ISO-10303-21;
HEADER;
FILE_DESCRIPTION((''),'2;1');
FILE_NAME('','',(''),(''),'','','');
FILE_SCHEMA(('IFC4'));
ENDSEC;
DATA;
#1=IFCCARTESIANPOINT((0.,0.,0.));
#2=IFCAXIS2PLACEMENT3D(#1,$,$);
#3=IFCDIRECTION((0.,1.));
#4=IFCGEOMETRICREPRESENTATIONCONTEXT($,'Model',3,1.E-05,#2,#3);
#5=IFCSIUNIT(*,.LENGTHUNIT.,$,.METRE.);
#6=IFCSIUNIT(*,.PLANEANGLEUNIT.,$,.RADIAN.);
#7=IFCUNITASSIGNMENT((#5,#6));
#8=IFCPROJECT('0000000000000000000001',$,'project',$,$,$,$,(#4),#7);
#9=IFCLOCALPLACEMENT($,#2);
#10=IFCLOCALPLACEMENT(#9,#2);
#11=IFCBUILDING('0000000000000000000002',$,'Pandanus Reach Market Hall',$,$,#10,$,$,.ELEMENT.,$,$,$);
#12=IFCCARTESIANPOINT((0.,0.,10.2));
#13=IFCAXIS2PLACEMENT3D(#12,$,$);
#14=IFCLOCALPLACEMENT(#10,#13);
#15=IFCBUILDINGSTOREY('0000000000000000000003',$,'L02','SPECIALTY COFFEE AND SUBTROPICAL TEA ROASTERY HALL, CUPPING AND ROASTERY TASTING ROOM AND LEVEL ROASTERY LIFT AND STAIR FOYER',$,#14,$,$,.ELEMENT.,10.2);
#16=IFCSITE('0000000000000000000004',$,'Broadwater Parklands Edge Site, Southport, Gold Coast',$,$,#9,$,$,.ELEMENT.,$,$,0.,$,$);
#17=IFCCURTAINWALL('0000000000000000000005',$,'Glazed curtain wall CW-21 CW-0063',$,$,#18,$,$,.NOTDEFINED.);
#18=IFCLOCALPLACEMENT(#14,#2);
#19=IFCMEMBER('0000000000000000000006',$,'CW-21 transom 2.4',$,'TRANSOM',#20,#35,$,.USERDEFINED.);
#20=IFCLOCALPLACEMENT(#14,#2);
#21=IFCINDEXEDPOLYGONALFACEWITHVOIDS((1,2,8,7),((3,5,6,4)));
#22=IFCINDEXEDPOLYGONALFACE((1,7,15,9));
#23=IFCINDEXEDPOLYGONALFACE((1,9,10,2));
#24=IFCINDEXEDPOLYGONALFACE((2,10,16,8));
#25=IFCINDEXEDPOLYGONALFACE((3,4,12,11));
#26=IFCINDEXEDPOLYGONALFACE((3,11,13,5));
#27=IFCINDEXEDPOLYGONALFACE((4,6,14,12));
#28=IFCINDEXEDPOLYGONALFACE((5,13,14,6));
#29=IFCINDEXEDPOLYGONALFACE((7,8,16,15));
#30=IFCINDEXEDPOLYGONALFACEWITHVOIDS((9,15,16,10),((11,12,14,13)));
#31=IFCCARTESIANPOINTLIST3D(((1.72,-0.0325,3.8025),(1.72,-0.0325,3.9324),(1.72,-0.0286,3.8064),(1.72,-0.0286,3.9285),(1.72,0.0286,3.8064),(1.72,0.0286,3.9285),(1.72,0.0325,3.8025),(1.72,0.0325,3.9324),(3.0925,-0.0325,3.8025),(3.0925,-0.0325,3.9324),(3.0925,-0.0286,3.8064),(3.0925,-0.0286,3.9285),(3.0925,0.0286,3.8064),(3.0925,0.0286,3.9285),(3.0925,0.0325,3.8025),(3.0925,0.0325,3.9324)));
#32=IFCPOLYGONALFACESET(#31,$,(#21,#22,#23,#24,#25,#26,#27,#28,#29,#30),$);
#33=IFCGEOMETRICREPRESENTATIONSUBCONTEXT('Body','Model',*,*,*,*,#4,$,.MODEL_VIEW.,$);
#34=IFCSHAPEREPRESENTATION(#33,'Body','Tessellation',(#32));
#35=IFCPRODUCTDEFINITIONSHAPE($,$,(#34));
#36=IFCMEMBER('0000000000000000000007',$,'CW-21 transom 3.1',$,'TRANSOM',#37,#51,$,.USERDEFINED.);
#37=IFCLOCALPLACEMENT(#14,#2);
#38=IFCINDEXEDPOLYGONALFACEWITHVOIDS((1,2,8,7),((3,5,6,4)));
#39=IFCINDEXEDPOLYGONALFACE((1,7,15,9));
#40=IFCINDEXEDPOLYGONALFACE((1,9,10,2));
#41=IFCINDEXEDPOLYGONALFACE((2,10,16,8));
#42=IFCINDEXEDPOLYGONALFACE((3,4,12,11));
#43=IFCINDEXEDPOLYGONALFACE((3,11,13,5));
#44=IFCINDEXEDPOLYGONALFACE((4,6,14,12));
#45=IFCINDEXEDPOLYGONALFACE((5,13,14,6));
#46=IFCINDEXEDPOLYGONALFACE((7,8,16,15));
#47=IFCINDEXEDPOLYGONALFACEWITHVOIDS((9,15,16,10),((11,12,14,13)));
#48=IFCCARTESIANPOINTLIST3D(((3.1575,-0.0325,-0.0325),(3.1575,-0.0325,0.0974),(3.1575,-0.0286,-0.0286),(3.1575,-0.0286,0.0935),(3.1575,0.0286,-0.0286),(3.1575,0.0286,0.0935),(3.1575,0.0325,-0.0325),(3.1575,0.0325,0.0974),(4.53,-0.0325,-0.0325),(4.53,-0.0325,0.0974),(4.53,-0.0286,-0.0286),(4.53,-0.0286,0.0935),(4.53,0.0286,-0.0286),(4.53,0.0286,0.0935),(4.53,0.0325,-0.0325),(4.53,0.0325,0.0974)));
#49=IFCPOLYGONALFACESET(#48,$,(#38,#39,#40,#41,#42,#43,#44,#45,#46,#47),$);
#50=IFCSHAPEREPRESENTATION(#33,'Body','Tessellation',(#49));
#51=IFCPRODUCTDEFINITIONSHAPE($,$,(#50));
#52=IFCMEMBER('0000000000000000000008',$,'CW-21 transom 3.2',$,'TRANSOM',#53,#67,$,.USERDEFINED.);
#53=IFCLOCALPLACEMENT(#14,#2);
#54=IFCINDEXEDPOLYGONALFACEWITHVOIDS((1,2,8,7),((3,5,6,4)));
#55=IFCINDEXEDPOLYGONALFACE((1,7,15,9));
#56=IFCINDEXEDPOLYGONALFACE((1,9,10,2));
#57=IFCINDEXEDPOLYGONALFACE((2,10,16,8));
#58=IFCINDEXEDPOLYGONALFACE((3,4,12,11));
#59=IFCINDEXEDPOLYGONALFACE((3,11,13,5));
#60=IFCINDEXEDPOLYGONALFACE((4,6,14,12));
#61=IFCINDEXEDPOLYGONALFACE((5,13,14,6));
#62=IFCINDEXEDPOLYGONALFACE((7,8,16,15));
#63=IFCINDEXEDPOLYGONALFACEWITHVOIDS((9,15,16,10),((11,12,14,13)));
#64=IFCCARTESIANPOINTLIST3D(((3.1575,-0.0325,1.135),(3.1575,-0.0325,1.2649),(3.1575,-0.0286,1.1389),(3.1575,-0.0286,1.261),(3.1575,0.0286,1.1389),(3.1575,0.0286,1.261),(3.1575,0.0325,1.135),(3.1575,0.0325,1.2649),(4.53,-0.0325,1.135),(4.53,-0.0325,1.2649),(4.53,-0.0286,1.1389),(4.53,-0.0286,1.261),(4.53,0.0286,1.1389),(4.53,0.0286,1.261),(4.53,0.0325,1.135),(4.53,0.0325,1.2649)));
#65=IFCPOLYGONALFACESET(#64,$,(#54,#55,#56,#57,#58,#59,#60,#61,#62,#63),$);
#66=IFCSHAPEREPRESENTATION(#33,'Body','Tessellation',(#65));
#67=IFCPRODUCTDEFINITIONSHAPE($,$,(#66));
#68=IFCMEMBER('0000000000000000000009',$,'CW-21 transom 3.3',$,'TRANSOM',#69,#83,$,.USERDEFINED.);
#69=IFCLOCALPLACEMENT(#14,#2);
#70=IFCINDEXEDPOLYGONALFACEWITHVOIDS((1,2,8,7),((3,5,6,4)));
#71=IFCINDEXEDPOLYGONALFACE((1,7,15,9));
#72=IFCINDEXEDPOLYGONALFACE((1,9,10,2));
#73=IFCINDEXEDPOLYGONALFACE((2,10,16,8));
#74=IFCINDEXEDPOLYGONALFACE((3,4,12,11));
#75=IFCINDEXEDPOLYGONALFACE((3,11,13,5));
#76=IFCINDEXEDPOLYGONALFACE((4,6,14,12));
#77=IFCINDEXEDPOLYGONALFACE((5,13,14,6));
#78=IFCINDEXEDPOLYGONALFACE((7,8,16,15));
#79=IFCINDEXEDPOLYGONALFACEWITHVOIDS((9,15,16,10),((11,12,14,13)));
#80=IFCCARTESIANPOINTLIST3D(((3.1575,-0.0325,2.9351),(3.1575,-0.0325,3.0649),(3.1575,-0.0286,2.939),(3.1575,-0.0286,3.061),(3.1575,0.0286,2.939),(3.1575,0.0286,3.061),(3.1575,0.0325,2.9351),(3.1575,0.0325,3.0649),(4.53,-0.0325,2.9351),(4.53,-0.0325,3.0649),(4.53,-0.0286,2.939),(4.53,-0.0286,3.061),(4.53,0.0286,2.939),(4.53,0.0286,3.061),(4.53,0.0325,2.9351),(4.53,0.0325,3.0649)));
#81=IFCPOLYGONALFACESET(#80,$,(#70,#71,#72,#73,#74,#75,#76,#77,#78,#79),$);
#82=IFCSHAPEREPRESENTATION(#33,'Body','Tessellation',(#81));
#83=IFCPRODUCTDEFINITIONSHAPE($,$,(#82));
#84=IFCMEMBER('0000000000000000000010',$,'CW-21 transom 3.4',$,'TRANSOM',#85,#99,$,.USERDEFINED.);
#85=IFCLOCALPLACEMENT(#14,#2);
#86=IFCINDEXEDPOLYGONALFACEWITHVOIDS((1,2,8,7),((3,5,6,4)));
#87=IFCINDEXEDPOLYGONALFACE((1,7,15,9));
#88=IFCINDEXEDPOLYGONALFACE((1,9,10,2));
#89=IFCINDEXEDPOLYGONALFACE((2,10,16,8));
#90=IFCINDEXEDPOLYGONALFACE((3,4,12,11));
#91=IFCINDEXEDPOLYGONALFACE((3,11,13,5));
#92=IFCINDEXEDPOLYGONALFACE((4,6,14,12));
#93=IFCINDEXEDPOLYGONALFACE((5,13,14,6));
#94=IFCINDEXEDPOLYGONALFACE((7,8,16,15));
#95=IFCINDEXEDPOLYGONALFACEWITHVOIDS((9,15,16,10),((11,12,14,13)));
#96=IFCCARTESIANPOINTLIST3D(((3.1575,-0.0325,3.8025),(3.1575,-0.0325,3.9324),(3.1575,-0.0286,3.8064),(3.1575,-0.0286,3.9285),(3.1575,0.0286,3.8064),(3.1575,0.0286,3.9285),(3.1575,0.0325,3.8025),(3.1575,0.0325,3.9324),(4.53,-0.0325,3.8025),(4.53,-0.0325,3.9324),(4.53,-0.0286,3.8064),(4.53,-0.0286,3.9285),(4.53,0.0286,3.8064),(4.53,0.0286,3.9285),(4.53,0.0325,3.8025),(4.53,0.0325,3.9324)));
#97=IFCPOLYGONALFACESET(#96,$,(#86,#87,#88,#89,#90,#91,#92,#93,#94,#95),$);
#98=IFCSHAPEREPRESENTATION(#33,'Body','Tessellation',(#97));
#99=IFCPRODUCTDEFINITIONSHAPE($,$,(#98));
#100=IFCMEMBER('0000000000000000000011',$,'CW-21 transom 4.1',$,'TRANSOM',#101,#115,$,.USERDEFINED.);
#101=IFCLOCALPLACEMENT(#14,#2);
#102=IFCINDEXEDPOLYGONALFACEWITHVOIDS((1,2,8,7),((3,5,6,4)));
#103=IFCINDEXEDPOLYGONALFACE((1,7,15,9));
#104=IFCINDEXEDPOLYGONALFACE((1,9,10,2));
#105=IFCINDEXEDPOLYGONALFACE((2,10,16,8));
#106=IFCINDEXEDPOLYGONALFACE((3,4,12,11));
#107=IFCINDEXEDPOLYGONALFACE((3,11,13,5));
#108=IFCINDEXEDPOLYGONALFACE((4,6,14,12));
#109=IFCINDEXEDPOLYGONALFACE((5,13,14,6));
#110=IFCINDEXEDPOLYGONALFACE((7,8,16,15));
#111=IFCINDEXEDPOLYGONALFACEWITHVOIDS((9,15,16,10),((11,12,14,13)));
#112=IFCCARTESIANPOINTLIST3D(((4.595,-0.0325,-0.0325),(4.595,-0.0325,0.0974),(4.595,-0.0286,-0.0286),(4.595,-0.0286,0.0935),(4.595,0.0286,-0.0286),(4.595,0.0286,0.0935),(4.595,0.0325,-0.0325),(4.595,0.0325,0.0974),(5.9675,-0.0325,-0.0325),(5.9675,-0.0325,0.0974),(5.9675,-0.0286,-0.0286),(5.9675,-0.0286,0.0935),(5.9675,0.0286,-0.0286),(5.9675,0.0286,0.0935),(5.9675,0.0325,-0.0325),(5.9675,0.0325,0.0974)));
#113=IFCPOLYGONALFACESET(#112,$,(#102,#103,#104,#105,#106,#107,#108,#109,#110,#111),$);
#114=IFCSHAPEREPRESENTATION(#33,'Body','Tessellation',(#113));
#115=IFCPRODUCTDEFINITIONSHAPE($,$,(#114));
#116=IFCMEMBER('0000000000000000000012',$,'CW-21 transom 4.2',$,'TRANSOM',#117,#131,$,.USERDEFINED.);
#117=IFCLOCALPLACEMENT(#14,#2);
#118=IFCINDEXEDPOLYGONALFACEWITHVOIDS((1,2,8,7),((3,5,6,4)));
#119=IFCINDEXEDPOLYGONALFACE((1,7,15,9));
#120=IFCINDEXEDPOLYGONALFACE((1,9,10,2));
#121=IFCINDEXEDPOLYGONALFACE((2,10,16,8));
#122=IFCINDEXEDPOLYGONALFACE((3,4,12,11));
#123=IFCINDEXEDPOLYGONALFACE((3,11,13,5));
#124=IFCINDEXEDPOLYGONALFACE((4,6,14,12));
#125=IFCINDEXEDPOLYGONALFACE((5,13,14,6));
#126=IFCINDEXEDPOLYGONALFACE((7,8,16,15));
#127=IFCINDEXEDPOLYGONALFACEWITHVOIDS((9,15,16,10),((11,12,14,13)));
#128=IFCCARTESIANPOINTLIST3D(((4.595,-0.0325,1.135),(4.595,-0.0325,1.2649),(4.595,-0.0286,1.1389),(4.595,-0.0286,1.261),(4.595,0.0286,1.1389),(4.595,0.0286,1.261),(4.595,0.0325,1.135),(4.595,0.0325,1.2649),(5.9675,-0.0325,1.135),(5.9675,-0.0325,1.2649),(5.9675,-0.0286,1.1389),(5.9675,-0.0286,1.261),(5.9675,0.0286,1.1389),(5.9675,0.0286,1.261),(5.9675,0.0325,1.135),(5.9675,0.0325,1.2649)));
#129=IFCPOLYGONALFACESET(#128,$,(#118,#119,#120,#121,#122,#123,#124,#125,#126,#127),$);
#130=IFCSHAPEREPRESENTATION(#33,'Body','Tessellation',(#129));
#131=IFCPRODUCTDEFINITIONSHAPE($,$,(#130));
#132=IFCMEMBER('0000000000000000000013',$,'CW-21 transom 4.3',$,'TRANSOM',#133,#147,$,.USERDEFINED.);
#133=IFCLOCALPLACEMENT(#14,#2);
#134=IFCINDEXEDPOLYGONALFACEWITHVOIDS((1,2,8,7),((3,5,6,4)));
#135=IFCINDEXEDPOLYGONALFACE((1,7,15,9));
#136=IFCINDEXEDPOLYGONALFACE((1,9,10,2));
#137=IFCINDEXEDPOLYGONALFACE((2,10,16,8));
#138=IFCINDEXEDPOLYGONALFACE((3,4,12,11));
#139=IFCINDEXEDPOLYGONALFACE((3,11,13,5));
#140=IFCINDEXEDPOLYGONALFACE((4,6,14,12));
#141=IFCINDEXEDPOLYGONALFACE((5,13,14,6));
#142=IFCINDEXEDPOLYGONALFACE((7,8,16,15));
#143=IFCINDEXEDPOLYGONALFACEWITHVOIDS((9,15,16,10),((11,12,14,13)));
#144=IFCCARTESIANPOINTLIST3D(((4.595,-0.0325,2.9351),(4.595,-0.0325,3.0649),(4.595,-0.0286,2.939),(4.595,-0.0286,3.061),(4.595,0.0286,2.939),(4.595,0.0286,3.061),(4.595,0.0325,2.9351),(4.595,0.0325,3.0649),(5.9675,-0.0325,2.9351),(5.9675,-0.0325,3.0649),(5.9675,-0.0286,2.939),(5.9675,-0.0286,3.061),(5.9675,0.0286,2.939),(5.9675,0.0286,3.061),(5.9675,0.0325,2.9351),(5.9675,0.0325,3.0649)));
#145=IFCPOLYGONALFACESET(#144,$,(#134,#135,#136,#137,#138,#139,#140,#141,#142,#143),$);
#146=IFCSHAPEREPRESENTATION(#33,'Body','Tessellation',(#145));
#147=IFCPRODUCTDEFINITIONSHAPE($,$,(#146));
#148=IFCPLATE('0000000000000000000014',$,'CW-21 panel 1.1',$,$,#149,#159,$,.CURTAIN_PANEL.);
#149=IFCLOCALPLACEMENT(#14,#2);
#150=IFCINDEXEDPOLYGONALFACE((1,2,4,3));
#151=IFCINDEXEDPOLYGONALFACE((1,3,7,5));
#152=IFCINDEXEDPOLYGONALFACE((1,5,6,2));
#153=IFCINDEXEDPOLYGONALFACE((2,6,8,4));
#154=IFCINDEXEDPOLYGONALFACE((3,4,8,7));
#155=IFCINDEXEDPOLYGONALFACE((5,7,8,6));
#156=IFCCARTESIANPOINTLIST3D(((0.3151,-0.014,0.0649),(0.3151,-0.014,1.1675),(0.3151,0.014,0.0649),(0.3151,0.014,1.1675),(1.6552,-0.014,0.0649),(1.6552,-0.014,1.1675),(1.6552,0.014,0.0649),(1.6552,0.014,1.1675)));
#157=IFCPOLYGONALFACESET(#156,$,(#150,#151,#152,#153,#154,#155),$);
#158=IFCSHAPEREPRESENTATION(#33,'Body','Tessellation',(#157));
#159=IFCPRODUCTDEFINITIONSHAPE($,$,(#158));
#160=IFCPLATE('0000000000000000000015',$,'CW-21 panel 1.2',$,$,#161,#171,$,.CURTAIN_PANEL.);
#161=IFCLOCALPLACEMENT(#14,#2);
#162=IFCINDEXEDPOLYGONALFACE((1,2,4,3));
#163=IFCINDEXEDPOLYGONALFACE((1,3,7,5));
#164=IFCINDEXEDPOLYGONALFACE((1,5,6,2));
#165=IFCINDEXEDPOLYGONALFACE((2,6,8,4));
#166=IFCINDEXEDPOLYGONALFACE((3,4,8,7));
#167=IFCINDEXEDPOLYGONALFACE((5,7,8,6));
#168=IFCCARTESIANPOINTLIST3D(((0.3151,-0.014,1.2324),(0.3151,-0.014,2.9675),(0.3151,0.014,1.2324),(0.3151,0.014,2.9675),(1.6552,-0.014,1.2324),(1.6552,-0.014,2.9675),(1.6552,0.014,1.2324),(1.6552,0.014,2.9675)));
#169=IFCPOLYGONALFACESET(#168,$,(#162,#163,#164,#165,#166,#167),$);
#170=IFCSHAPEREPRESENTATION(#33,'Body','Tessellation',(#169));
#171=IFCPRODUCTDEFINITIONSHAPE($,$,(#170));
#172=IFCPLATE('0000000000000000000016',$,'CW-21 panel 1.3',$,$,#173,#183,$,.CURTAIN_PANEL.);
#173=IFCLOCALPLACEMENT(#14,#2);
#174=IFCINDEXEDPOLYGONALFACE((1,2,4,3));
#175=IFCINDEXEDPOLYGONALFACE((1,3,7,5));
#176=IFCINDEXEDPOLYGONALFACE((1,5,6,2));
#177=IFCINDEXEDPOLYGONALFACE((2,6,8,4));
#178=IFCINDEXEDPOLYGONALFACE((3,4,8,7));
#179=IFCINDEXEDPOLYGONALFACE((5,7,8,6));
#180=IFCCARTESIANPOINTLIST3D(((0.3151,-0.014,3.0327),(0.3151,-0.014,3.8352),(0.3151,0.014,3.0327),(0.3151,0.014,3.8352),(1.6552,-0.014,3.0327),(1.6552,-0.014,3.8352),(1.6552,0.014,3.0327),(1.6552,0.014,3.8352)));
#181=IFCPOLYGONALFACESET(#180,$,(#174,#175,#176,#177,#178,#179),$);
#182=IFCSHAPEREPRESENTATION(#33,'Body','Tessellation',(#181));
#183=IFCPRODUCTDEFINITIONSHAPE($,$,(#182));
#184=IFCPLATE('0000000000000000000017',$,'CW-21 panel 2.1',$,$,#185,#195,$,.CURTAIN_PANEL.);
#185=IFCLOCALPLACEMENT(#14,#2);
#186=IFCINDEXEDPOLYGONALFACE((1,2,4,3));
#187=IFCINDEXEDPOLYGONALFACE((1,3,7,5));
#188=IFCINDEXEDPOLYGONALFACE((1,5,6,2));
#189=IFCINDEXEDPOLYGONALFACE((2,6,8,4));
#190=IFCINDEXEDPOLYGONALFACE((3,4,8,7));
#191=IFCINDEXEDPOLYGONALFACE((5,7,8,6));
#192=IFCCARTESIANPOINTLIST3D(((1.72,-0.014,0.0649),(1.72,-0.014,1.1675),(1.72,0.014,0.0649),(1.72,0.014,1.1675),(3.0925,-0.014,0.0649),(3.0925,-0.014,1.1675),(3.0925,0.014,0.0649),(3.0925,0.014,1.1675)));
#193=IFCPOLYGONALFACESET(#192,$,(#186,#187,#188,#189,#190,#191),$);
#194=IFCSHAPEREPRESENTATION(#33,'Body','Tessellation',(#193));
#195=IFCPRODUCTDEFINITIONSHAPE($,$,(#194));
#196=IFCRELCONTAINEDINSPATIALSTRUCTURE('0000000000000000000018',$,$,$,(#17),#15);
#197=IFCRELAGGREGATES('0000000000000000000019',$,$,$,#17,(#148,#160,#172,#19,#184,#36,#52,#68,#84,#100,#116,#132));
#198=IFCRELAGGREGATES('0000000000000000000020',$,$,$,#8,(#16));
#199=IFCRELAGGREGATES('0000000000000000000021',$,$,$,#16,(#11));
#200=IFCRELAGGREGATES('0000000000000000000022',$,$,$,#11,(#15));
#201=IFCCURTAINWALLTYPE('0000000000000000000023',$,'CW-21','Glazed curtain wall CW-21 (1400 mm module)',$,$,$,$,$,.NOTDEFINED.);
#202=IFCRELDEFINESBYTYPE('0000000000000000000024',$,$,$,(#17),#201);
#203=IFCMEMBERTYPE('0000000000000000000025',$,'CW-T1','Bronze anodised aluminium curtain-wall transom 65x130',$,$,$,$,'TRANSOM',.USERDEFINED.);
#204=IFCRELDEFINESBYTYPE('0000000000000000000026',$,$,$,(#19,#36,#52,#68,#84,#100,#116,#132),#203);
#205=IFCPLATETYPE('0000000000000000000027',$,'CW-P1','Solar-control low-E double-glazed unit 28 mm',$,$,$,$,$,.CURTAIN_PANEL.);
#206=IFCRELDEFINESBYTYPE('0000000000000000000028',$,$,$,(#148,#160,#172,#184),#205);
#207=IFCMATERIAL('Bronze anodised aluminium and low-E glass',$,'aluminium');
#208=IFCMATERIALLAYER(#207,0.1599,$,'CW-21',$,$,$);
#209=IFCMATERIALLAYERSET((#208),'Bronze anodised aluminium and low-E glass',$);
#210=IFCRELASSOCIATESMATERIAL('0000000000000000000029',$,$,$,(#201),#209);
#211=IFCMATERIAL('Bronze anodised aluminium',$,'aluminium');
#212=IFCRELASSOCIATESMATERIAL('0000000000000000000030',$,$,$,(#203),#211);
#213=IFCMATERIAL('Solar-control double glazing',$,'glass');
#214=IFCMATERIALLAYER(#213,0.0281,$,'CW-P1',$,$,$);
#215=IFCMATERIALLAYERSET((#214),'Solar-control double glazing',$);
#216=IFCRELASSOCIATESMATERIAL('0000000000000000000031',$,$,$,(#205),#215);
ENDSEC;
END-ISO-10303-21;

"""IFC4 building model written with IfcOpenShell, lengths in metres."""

from ifc_helpers import new_model, si_unit, direction, frame, origin, origin_2d, place, context, subcontext, project, spatial, rectangle, hollow_rectangle, extrude, material, layer, layer_set, material_profile, profile_set, type_object, element, aggregate, save


model = new_model("IFC4")

# Units and contexts
model_context = context("Model", 3, precision=1e-05, world=origin(), true_north=direction((0.0, 1.0)))
body_context = subcontext(model_context, "Body", "Model", "MODEL_VIEW")
ifc_project = project(units=[si_unit("LENGTHUNIT", "METRE"), si_unit("PLANEANGLEUNIT", "RADIAN")], contexts=[model_context])

# Site, building, storey
site_placement = place(None, origin())
site = spatial("IfcSite", under=ifc_project, at=site_placement, Name="Broadwater Parklands Edge Site, Southport, Gold Coast", CompositionType="ELEMENT", RefElevation=0.0)
building_placement = place(site_placement, origin())
building = spatial("IfcBuilding", under=site, at=building_placement, Name="Pandanus Reach Market Hall", CompositionType="ELEMENT")
storey_placement = place(building_placement, frame((0.0, 0.0, 10.2)))
storey = spatial("IfcBuildingStorey", under=building, at=storey_placement, Name="L02", Description="SPECIALTY COFFEE AND SUBTROPICAL TEA ROASTERY HALL, CUPPING AND ROASTERY TASTING ROOM AND LEVEL ROASTERY LIFT AND STAIR FOYER", CompositionType="ELEMENT", Elevation=10.2)

# Curtain wall, members, plates
ifc_material_1 = material(Name="Bronze anodised aluminium and low-E glass", Category="aluminium")
ifc_layer_1 = layer(ifc_material_1, 0.1599, Name="CW-21")
ifc_layer_set_1 = layer_set([ifc_layer_1], Name="Bronze anodised aluminium and low-E glass")
curtain_wall_type = type_object("IfcCurtainWallType", Name="CW-21", Description="Glazed curtain wall CW-21 (1400 mm module)", PredefinedType="NOTDEFINED", material=ifc_layer_set_1)
curtain_wall_placement = place(storey_placement, origin())
curtain_wall = element("IfcCurtainWall", 1, at=curtain_wall_placement, inside=storey, type_object=curtain_wall_type, Name="Glazed curtain wall CW-21 CW-0063", PredefinedType="NOTDEFINED")
ifc_material_2 = material(Name="Bronze anodised aluminium", Category="aluminium")
ifc_material_profile_1 = material_profile(ifc_material_2, hollow_rectangle(XDim=0.0649, YDim=0.1299, WallThickness=0.0039, at=origin_2d()), Name="ALU65x130", Category="LoadBearing")
ifc_profile_set_1 = profile_set([ifc_material_profile_1], Name="Bronze anodised aluminium")
member_type_1 = type_object("IfcMemberType", Name="CW-T1", Description="Bronze anodised aluminium curtain-wall transom 65x130", ElementType="TRANSOM", PredefinedType="USERDEFINED", material=ifc_profile_set_1)
member_1_placement = place(storey_placement, frame((1.72, 0.0, 3.8674), z_axis=(1.0, 0.0, 0.0), x_axis=(0.0, 1.0, 0.0)))
member_1 = element("IfcMember", 2, at=member_1_placement, type_object=member_type_1, Name="CW-21 transom 2.4", ObjectType="TRANSOM", PredefinedType="USERDEFINED", context=body_context, shape_type="SweptSolid", body=[
    extrude(hollow_rectangle(XDim=0.0649, YDim=0.1299, WallThickness=0.0039, at=origin_2d()), origin(), (0.0, 0.0, 1.0), 1.3726),
])
member_2_placement = place(storey_placement, frame((3.1575, 0.0, 0.0325), z_axis=(1.0, 0.0, 0.0), x_axis=(0.0, 1.0, 0.0)))
member_2 = element("IfcMember", 3, at=member_2_placement, type_object=member_type_1, Name="CW-21 transom 3.1", ObjectType="TRANSOM", PredefinedType="USERDEFINED", context=body_context, shape_type="SweptSolid", body=[
    extrude(hollow_rectangle(XDim=0.0649, YDim=0.1299, WallThickness=0.0039, at=origin_2d()), origin(), (0.0, 0.0, 1.0), 1.3726),
])
member_3_placement = place(storey_placement, frame((3.1575, 0.0, 1.2), z_axis=(1.0, 0.0, 0.0), x_axis=(0.0, 1.0, 0.0)))
member_3 = element("IfcMember", 4, at=member_3_placement, type_object=member_type_1, Name="CW-21 transom 3.2", ObjectType="TRANSOM", PredefinedType="USERDEFINED", context=body_context, shape_type="SweptSolid", body=[
    extrude(hollow_rectangle(XDim=0.0649, YDim=0.1299, WallThickness=0.0039, at=origin_2d()), origin(), (0.0, 0.0, 1.0), 1.3726),
])
member_4_placement = place(storey_placement, frame((3.1575, 0.0, 3.0), z_axis=(1.0, 0.0, 0.0), x_axis=(0.0, 1.0, 0.0)))
member_4 = element("IfcMember", 5, at=member_4_placement, type_object=member_type_1, Name="CW-21 transom 3.3", ObjectType="TRANSOM", PredefinedType="USERDEFINED", context=body_context, shape_type="SweptSolid", body=[
    extrude(hollow_rectangle(XDim=0.0649, YDim=0.1299, WallThickness=0.0039, at=origin_2d()), origin(), (0.0, 0.0, 1.0), 1.3726),
])
member_5_placement = place(storey_placement, frame((3.1575, 0.0, 3.8674), z_axis=(1.0, 0.0, 0.0), x_axis=(0.0, 1.0, 0.0)))
member_5 = element("IfcMember", 6, at=member_5_placement, type_object=member_type_1, Name="CW-21 transom 3.4", ObjectType="TRANSOM", PredefinedType="USERDEFINED", context=body_context, shape_type="SweptSolid", body=[
    extrude(hollow_rectangle(XDim=0.0649, YDim=0.1299, WallThickness=0.0039, at=origin_2d()), origin(), (0.0, 0.0, 1.0), 1.3726),
])
member_6_placement = place(storey_placement, frame((4.595, 0.0, 0.0325), z_axis=(1.0, 0.0, 0.0), x_axis=(0.0, 1.0, 0.0)))
member_6 = element("IfcMember", 7, at=member_6_placement, type_object=member_type_1, Name="CW-21 transom 4.1", ObjectType="TRANSOM", PredefinedType="USERDEFINED", context=body_context, shape_type="SweptSolid", body=[
    extrude(hollow_rectangle(XDim=0.0649, YDim=0.1299, WallThickness=0.0039, at=origin_2d()), origin(), (0.0, 0.0, 1.0), 1.3726),
])
member_7_placement = place(storey_placement, frame((4.595, 0.0, 1.2), z_axis=(1.0, 0.0, 0.0), x_axis=(0.0, 1.0, 0.0)))
member_7 = element("IfcMember", 8, at=member_7_placement, type_object=member_type_1, Name="CW-21 transom 4.2", ObjectType="TRANSOM", PredefinedType="USERDEFINED", context=body_context, shape_type="SweptSolid", body=[
    extrude(hollow_rectangle(XDim=0.0649, YDim=0.1299, WallThickness=0.0039, at=origin_2d()), origin(), (0.0, 0.0, 1.0), 1.3726),
])
member_8_placement = place(storey_placement, frame((4.595, 0.0, 3.0), z_axis=(1.0, 0.0, 0.0), x_axis=(0.0, 1.0, 0.0)))
member_8 = element("IfcMember", 9, at=member_8_placement, type_object=member_type_1, Name="CW-21 transom 4.3", ObjectType="TRANSOM", PredefinedType="USERDEFINED", context=body_context, shape_type="SweptSolid", body=[
    extrude(hollow_rectangle(XDim=0.0649, YDim=0.1299, WallThickness=0.0039, at=origin_2d()), origin(), (0.0, 0.0, 1.0), 1.3726),
])
ifc_material_3 = material(Name="Solar-control double glazing", Category="glass")
ifc_layer_2 = layer(ifc_material_3, 0.0281, Name="CW-P1")
ifc_layer_set_2 = layer_set([ifc_layer_2], Name="Solar-control double glazing")
plate_type = type_object("IfcPlateType", Name="CW-P1", Description="Solar-control low-E double-glazed unit 28 mm", PredefinedType="CURTAIN_PANEL", material=ifc_layer_set_2)
plate_1_placement = place(storey_placement, frame((0.9851, 0.0, 0.0649), z_axis=(0.0, 0.0, 1.0), x_axis=(1.0, 0.0, 0.0)))
plate_1 = element("IfcPlate", 10, at=plate_1_placement, type_object=plate_type, Name="CW-21 panel 1.1", PredefinedType="CURTAIN_PANEL", context=body_context, shape_type="SweptSolid", body=[
    extrude(rectangle(XDim=1.3401, YDim=0.0281, at=origin_2d()), origin(), (0.0, 0.0, 1.0), 1.1025),
])
plate_2_placement = place(storey_placement, frame((0.9851, 0.0, 1.2324), z_axis=(0.0, 0.0, 1.0), x_axis=(1.0, 0.0, 0.0)))
plate_2 = element("IfcPlate", 11, at=plate_2_placement, type_object=plate_type, Name="CW-21 panel 1.2", PredefinedType="CURTAIN_PANEL", context=body_context, shape_type="SweptSolid", body=[
    extrude(rectangle(XDim=1.3401, YDim=0.0281, at=origin_2d()), origin(), (0.0, 0.0, 1.0), 1.7351),
])
plate_3_placement = place(storey_placement, frame((0.9851, 0.0, 3.0327), z_axis=(0.0, 0.0, 1.0), x_axis=(1.0, 0.0, 0.0)))
plate_3 = element("IfcPlate", 12, at=plate_3_placement, type_object=plate_type, Name="CW-21 panel 1.3", PredefinedType="CURTAIN_PANEL", context=body_context, shape_type="SweptSolid", body=[
    extrude(rectangle(XDim=1.3401, YDim=0.0281, at=origin_2d()), origin(), (0.0, 0.0, 1.0), 0.8025),
])
plate_4_placement = place(storey_placement, frame((2.4062, 0.0, 0.0649), z_axis=(0.0, 0.0, 1.0), x_axis=(1.0, 0.0, 0.0)))
plate_4 = element("IfcPlate", 13, at=plate_4_placement, type_object=plate_type, Name="CW-21 panel 2.1", PredefinedType="CURTAIN_PANEL", context=body_context, shape_type="SweptSolid", body=[
    extrude(rectangle(XDim=1.3726, YDim=0.0281, at=origin_2d()), origin(), (0.0, 0.0, 1.0), 1.1025),
])
aggregate(curtain_wall, [plate_1, plate_2, plate_3, member_1, plate_4, member_2, member_3, member_4, member_5, member_6, member_7, member_8])

save(model, "model.ifc")
